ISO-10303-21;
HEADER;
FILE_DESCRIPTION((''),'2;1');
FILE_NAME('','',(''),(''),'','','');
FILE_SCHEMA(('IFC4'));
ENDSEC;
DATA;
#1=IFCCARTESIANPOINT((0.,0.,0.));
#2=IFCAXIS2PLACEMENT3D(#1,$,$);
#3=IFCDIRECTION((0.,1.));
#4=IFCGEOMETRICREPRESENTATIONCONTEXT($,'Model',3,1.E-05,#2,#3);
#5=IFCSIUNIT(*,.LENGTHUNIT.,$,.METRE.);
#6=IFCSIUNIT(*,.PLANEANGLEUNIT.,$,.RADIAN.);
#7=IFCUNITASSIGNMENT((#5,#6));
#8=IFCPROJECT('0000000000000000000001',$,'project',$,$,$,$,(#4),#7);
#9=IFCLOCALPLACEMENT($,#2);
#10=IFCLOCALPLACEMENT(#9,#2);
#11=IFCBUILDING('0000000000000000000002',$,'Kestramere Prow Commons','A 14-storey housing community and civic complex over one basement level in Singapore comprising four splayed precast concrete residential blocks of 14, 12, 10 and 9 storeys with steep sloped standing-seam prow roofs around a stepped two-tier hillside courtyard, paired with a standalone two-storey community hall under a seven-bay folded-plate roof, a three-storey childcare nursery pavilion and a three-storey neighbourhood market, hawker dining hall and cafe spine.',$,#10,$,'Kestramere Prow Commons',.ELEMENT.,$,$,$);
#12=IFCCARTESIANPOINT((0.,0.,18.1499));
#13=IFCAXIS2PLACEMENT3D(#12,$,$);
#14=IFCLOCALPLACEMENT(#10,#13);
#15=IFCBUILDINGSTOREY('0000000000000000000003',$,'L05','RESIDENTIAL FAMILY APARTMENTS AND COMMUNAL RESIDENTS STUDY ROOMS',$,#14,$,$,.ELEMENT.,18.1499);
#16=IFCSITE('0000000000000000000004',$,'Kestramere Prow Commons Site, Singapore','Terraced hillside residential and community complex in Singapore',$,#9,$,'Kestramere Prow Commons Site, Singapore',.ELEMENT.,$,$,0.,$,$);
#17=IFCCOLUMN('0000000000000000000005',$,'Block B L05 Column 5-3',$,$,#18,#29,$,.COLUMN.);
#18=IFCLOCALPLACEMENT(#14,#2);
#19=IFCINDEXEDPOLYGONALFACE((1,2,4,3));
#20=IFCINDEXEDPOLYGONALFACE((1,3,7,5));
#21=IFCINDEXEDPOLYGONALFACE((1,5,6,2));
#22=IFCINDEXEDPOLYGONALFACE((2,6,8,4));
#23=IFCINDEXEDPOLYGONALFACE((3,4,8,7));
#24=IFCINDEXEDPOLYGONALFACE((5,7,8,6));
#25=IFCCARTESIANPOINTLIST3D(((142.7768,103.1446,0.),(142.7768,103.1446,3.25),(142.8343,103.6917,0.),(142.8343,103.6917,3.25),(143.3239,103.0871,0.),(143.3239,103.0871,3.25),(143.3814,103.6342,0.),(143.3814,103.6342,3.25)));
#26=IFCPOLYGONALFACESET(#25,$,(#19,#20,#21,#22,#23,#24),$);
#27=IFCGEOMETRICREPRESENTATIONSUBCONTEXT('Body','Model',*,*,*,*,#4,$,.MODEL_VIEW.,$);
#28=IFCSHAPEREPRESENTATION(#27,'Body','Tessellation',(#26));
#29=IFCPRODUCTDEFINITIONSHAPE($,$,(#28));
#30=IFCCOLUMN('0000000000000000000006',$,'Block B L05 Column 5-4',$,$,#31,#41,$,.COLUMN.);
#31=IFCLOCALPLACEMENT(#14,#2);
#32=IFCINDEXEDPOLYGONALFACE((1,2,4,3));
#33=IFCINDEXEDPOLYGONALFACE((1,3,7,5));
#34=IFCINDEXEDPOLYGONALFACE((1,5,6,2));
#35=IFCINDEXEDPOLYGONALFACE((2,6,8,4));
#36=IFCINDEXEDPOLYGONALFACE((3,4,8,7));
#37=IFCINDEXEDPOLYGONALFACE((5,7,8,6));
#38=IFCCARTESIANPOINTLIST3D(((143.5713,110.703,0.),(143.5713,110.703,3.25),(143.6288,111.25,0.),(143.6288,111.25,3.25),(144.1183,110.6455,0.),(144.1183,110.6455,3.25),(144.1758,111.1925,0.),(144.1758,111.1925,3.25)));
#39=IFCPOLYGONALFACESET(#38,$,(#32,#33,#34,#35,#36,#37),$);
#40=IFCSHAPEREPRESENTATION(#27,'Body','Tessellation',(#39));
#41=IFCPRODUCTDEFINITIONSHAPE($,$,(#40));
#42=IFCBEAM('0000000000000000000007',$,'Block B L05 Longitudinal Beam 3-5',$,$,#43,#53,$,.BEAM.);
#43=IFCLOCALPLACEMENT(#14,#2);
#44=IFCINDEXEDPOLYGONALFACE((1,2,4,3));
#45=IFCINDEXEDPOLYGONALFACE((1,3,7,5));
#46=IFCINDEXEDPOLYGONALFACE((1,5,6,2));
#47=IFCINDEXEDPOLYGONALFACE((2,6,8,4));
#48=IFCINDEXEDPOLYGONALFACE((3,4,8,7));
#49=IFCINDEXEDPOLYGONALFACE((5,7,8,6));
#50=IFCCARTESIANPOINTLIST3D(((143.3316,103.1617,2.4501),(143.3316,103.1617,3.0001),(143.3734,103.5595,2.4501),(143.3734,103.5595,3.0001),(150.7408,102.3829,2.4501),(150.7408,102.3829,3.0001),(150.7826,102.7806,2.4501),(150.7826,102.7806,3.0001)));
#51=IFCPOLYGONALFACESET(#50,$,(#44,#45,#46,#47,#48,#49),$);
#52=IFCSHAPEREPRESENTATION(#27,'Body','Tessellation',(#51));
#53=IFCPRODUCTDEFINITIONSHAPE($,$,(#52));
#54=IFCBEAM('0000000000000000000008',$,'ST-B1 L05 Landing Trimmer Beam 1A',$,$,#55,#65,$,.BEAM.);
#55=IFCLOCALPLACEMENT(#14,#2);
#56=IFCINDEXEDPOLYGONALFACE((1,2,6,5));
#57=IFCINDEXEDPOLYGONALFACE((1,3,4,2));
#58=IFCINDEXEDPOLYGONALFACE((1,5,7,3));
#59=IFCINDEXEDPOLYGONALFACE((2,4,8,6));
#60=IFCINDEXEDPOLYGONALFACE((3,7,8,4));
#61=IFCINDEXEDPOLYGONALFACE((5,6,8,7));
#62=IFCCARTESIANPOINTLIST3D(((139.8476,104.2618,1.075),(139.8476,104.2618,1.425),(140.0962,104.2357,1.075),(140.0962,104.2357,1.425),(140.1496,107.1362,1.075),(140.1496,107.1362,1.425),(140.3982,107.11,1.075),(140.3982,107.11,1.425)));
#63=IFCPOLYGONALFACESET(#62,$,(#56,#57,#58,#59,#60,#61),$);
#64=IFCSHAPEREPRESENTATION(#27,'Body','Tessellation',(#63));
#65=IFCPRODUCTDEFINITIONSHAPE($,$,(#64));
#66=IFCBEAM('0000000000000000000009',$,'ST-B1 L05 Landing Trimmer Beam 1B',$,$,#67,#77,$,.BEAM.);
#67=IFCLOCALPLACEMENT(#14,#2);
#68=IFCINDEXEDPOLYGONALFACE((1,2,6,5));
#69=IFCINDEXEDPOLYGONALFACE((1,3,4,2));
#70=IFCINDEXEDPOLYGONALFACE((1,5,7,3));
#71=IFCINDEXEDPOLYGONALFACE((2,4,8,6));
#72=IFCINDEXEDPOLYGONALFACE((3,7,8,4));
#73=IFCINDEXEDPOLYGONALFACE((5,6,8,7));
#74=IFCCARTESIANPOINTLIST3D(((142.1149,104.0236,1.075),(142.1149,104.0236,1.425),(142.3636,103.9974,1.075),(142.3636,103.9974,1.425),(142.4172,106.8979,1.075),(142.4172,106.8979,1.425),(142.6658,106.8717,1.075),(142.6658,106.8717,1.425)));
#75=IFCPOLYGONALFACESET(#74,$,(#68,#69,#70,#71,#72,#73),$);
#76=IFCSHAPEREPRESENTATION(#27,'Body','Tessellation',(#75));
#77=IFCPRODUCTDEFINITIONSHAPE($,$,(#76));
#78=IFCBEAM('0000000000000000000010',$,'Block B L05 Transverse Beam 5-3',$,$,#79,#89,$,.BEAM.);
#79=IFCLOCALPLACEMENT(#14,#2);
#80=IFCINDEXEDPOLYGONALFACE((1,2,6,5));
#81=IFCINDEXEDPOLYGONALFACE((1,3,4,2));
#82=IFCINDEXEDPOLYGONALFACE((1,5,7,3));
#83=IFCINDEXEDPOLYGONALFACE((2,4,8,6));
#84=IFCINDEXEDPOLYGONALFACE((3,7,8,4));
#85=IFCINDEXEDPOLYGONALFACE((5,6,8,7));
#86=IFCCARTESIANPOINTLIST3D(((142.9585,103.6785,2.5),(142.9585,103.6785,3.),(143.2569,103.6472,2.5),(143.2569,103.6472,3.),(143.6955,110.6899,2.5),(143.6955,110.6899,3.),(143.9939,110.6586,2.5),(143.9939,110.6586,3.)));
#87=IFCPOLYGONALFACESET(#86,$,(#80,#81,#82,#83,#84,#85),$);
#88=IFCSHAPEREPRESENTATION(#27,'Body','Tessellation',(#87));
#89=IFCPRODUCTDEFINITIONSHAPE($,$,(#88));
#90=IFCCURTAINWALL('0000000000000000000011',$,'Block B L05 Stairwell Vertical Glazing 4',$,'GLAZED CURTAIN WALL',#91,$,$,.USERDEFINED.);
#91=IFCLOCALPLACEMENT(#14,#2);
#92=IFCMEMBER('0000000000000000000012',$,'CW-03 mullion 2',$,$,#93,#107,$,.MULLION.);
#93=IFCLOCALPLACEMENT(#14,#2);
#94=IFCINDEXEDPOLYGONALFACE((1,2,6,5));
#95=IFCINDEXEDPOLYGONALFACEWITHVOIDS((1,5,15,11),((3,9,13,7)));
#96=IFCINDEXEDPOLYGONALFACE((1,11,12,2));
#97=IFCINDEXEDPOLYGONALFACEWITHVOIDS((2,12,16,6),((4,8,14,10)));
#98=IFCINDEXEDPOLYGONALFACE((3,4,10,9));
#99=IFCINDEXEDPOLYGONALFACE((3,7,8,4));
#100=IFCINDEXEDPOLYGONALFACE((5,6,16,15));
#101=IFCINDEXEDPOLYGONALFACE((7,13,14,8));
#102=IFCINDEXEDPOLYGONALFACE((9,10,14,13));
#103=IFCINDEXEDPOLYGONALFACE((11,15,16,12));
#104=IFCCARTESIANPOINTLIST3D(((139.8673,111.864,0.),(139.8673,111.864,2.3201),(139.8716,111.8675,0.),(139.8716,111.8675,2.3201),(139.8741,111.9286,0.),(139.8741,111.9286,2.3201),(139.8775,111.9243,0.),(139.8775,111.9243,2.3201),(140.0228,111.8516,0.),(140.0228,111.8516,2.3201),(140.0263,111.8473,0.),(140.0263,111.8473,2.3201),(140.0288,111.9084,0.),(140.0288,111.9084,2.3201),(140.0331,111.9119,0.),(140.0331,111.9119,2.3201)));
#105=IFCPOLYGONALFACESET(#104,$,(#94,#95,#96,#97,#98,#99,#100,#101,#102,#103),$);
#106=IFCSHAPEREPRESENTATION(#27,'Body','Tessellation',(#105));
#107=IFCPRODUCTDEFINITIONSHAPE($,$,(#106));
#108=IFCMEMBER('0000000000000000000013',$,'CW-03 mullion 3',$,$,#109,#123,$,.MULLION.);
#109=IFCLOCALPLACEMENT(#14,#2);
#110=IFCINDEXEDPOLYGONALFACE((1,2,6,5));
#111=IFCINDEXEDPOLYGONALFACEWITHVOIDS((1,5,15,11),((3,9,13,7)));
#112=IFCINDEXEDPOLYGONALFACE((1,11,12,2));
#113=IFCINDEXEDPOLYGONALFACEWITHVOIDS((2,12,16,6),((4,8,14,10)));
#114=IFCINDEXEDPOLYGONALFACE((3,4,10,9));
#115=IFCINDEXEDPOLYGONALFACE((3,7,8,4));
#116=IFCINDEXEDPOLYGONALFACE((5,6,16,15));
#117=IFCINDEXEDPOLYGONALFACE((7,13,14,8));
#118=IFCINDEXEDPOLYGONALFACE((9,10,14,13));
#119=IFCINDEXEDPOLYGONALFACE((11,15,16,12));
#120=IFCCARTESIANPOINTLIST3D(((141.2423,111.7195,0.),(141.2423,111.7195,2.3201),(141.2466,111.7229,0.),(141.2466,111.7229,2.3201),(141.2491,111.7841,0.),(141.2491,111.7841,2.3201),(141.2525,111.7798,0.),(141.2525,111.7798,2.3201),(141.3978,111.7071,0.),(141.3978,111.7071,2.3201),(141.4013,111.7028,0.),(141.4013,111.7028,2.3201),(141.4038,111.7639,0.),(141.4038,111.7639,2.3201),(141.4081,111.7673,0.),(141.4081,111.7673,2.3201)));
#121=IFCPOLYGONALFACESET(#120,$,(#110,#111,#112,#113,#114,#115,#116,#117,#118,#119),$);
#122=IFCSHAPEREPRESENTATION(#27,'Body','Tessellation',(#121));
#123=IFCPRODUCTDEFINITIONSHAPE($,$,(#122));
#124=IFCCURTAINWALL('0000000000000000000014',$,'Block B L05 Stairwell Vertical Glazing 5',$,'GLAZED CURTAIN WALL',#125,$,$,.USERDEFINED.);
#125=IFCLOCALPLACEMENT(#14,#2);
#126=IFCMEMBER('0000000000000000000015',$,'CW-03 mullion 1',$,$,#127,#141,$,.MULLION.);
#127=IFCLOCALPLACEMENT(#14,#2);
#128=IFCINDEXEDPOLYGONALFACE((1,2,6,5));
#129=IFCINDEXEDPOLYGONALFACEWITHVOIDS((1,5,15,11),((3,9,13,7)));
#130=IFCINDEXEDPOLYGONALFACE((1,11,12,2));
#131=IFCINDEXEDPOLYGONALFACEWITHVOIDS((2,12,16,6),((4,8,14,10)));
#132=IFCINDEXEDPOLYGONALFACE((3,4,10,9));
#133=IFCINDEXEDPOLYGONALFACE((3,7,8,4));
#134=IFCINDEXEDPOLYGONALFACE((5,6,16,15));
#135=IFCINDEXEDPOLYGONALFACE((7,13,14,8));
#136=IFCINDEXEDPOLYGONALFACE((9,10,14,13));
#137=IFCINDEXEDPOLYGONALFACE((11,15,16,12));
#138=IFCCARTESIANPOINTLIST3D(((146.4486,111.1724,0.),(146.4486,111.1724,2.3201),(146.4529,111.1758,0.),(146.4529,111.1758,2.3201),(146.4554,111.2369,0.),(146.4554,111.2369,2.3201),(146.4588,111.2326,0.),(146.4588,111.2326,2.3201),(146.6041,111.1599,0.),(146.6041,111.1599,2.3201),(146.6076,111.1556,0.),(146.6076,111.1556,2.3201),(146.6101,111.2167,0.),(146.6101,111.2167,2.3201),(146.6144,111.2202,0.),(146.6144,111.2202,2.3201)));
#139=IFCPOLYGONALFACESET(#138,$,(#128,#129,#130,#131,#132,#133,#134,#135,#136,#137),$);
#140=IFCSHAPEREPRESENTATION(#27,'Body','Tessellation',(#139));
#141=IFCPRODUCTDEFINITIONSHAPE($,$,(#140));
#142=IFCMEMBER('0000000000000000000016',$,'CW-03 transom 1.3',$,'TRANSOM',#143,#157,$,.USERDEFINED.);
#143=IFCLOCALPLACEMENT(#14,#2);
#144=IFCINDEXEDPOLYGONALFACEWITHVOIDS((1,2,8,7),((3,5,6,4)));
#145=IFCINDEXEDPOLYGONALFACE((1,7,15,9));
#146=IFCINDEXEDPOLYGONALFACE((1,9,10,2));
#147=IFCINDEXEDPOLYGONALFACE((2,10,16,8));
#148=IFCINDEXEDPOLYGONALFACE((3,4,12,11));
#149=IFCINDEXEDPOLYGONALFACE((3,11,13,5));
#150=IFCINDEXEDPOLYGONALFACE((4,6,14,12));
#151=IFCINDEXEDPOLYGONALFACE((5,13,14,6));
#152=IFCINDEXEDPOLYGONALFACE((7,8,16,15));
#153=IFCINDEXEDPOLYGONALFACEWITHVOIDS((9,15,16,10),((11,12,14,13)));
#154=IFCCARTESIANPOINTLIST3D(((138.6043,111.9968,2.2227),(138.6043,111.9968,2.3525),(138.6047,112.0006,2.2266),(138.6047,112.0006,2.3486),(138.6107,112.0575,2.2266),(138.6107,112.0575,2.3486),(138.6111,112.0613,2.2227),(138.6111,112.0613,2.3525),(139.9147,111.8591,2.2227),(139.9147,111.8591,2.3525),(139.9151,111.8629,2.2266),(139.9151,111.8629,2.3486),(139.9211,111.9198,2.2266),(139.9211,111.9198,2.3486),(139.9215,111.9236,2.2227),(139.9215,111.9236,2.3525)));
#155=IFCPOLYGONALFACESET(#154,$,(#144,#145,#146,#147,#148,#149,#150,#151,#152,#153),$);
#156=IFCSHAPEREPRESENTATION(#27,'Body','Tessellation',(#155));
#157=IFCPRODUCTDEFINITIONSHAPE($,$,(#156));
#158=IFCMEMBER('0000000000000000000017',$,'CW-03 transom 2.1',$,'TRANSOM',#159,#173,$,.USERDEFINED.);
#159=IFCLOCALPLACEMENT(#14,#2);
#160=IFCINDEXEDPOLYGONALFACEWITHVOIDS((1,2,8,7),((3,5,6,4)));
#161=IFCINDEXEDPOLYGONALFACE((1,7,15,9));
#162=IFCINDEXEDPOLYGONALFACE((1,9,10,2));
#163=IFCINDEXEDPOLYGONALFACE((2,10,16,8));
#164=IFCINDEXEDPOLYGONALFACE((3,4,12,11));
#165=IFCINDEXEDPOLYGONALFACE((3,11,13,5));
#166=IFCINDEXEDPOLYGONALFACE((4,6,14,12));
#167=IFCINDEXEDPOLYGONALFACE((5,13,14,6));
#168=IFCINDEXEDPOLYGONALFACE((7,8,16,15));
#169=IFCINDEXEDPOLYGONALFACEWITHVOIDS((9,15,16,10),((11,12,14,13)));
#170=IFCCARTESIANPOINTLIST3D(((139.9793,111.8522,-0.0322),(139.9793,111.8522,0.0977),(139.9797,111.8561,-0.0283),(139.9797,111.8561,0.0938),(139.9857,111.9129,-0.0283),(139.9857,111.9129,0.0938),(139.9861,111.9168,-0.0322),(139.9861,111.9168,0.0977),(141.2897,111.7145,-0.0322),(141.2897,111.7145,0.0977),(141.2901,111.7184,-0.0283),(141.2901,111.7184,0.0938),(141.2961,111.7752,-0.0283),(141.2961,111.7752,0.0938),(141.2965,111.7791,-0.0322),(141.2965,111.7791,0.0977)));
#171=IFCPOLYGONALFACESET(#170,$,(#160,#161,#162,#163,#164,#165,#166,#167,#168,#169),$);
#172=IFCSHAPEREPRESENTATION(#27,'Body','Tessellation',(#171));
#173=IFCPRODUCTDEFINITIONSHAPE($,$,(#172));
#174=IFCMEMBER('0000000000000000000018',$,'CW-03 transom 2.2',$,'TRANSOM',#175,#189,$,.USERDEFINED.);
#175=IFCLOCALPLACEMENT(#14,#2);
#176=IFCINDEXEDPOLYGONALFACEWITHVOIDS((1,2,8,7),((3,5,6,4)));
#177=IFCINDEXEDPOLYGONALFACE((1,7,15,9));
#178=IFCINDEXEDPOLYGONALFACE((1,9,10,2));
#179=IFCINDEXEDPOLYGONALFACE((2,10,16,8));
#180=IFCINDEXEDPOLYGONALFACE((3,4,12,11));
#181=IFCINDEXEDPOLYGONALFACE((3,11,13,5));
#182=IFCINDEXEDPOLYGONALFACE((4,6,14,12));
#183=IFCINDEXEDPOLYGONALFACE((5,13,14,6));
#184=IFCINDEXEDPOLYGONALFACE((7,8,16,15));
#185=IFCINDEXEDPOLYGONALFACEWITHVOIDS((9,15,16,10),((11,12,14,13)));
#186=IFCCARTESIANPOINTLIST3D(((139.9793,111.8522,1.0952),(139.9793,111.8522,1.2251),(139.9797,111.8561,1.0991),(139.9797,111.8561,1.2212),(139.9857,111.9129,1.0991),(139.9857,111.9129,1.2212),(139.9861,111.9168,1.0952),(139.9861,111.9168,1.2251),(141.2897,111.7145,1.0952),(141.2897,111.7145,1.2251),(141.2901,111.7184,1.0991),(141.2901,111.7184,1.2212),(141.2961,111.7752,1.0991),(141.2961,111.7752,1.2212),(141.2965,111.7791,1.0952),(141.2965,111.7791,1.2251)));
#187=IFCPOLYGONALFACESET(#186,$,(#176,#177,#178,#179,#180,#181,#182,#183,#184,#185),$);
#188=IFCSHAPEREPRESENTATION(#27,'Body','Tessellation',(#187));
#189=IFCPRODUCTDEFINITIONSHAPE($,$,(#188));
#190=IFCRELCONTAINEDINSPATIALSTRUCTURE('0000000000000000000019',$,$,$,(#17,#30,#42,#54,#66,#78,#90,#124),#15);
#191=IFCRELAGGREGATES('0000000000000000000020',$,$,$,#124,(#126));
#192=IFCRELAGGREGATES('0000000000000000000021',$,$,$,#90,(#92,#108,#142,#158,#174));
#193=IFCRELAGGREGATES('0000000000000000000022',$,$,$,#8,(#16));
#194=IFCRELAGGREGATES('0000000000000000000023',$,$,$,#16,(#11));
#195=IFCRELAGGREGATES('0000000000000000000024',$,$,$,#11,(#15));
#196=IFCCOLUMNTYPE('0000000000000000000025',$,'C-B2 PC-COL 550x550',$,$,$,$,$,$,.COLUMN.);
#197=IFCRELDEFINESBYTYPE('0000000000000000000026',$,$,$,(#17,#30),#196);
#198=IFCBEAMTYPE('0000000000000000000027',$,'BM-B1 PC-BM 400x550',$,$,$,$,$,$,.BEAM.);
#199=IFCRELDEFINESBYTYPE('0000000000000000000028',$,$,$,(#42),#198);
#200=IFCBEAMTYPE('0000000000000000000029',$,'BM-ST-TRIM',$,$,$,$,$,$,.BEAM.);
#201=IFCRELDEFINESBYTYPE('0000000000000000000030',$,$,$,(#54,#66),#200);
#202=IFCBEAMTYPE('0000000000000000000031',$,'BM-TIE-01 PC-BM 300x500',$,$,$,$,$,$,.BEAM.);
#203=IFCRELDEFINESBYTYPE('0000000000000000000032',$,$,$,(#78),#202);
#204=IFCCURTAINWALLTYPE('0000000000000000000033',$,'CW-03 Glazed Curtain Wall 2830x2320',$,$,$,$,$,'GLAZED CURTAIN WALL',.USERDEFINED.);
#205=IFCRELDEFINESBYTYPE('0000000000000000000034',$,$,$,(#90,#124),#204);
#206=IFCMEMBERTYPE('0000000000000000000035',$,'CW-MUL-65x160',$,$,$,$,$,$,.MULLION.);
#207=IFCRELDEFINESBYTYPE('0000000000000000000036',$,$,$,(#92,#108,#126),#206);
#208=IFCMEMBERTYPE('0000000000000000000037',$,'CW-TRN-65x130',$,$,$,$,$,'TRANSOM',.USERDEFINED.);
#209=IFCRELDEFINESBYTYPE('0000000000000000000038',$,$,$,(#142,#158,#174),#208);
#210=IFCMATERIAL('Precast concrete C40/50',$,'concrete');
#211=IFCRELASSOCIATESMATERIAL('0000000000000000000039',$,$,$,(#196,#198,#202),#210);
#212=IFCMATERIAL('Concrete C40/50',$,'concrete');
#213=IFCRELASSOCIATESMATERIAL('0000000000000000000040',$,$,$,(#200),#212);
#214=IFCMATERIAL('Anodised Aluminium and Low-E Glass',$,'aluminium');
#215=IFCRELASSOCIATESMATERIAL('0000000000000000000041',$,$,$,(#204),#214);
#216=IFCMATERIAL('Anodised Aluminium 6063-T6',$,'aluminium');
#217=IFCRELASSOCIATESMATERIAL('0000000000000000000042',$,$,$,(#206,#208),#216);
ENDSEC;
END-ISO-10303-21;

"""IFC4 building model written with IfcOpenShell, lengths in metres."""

from ifc_helpers import new_model, si_unit, direction, frame, origin, origin_2d, place, context, subcontext, project, spatial, rectangle, hollow_rectangle, extrude, material, material_profile, profile_set, type_object, element, aggregate, save


model = new_model("IFC4")

# Units and contexts
model_context = context("Model", 3, precision=1e-05, world=origin(), true_north=direction((0.0, 1.0)))
body_context = subcontext(model_context, "Body", "Model", "MODEL_VIEW")
ifc_project = project(units=[si_unit("LENGTHUNIT", "METRE"), si_unit("PLANEANGLEUNIT", "RADIAN")], contexts=[model_context])

# Site, building, storey
site_placement = place(None, origin())
site = spatial("IfcSite", under=ifc_project, at=site_placement, Name="Kestramere Prow Commons Site, Singapore", Description="Terraced hillside residential and community complex in Singapore", LongName="Kestramere Prow Commons Site, Singapore", CompositionType="ELEMENT", RefElevation=0.0)
building_placement = place(site_placement, origin())
building = spatial("IfcBuilding", under=site, at=building_placement, Name="Kestramere Prow Commons", Description="A 14-storey housing community and civic complex over one basement level in Singapore comprising four splayed precast concrete residential blocks of 14, 12, 10 and 9 storeys with steep sloped standing-seam prow roofs around a stepped two-tier hillside courtyard, paired with a standalone two-storey community hall under a seven-bay folded-plate roof, a three-storey childcare nursery pavilion and a three-storey neighbourhood market, hawker dining hall and cafe spine.", LongName="Kestramere Prow Commons", CompositionType="ELEMENT")
storey_placement = place(building_placement, frame((0.0, 0.0, 18.1499)))
storey = spatial("IfcBuildingStorey", under=building, at=storey_placement, Name="L05", Description="RESIDENTIAL FAMILY APARTMENTS AND COMMUNAL RESIDENTS STUDY ROOMS", CompositionType="ELEMENT", Elevation=18.1499)

# Columns
ifc_material_1 = material(Name="Precast concrete C40/50", Category="concrete")
ifc_material_profile_1 = material_profile(ifc_material_1, rectangle(XDim=0.55, YDim=0.55, at=origin_2d()), Name="PC-COL 550x550")
ifc_profile_set_1 = profile_set([ifc_material_profile_1], Name="Precast concrete C40/50")
column_type = type_object("IfcColumnType", Name="C-B2 PC-COL 550x550", PredefinedType="COLUMN", material=ifc_profile_set_1)
for number, where, z_axis, x_axis, name in (
    (1, (143.0791, 103.3894, 0.0), (0.0, 0.0, 1.0), (0.994522, -0.104528, 0.0), "Block B L05 Column 5-3"),
    (2, (143.8735, 110.9478, 0.0), (0.0, 0.0, 1.0), (0.994522, -0.104528, 0.0), "Block B L05 Column 5-4"),
):
    element("IfcColumn", number, at=place(storey_placement, frame(where, z_axis=z_axis, x_axis=x_axis)), inside=storey, type_object=column_type, Name=name, PredefinedType="COLUMN", context=body_context, shape_type="SweptSolid", body=[
        extrude(rectangle(XDim=0.55, YDim=0.55, at=origin_2d()), origin(), (0.0, 0.0, 1.0), 3.25),
    ])

# Beams
ifc_material_profile_2 = material_profile(ifc_material_1, rectangle(XDim=0.3999, YDim=0.55, at=origin_2d()), Name="PC-BM 400x550")
ifc_profile_set_2 = profile_set([ifc_material_profile_2], Name="Precast concrete C40/50")
beam_type_1 = type_object("IfcBeamType", Name="BM-B1 PC-BM 400x550", PredefinedType="BEAM", material=ifc_profile_set_2)
beam_1_placement = place(storey_placement, frame((143.3525, 103.3606, 2.7251), z_axis=(0.994521, -0.104538, 0.0), x_axis=(0.104538, 0.994521, 0.0)))
element("IfcBeam", 3, at=beam_1_placement, inside=storey, type_object=beam_type_1, Name="Block B L05 Longitudinal Beam 3-5", PredefinedType="BEAM", context=body_context, shape_type="SweptSolid", body=[
    extrude(rectangle(XDim=0.3999, YDim=0.55, at=origin_2d()), origin(), (0.0, 0.0, 1.0), 7.45),
])
ifc_material_2 = material(Name="Concrete C40/50", Category="concrete")
ifc_material_profile_3 = material_profile(ifc_material_2, rectangle(XDim=0.25, YDim=0.3501, at=origin_2d()), Name="PC-BM 250x350")
ifc_profile_set_3 = profile_set([ifc_material_profile_3], Name="Concrete C40/50")
beam_type_2 = type_object("IfcBeamType", Name="BM-ST-TRIM", PredefinedType="BEAM", material=ifc_profile_set_3)
for number, where, z_axis, x_axis, name in (
    (4, (139.9719, 104.2488, 1.25), (0.104496, 0.994525, 0.0), (-0.994525, 0.104496, 0.0), "ST-B1 L05 Landing Trimmer Beam 1A"),
    (5, (142.2393, 104.0105, 1.25), (0.104579, 0.994517, 0.0), (-0.994517, 0.104579, 0.0), "ST-B1 L05 Landing Trimmer Beam 1B"),
):
    element("IfcBeam", number, at=place(storey_placement, frame(where, z_axis=z_axis, x_axis=x_axis)), inside=storey, type_object=beam_type_2, Name=name, PredefinedType="BEAM", context=body_context, shape_type="SweptSolid", body=[
        extrude(rectangle(XDim=0.25, YDim=0.3501, at=origin_2d()), origin(), (0.0, 0.0, 1.0), 2.8901),
    ])
ifc_material_profile_4 = material_profile(ifc_material_1, rectangle(XDim=0.3, YDim=0.5, at=origin_2d()), Name="PC-BM 300x500")
ifc_profile_set_4 = profile_set([ifc_material_profile_4], Name="Precast concrete C40/50")
beam_type_3 = type_object("IfcBeamType", Name="BM-TIE-01 PC-BM 300x500", PredefinedType="BEAM", material=ifc_profile_set_4)
beam_2_placement = place(storey_placement, frame((143.1077, 103.6628, 2.75), z_axis=(0.104546, 0.99452, 0.0), x_axis=(-0.99452, 0.104546, 0.0)))
element("IfcBeam", 6, at=beam_2_placement, inside=storey, type_object=beam_type_3, Name="Block B L05 Transverse Beam 5-3", PredefinedType="BEAM", context=body_context, shape_type="SweptSolid", body=[
    extrude(rectangle(XDim=0.3, YDim=0.5, at=origin_2d()), origin(), (0.0, 0.0, 1.0), 7.05),
])

# Curtain wall, members
ifc_material_3 = material(Name="Anodised Aluminium and Low-E Glass", Category="aluminium")
curtain_wall_type = type_object("IfcCurtainWallType", Name="CW-03 Glazed Curtain Wall 2830x2320", ElementType="GLAZED CURTAIN WALL", PredefinedType="USERDEFINED", material=ifc_material_3)
curtain_wall_1_placement = place(storey_placement, origin())
curtain_wall_1 = element("IfcCurtainWall", 7, at=curtain_wall_1_placement, inside=storey, type_object=curtain_wall_type, Name="Block B L05 Stairwell Vertical Glazing 4", ObjectType="GLAZED CURTAIN WALL", PredefinedType="USERDEFINED")
ifc_material_4 = material(Name="Anodised Aluminium 6063-T6", Category="aluminium")
ifc_material_profile_5 = material_profile(ifc_material_4, hollow_rectangle(XDim=0.0649, YDim=0.1599, WallThickness=0.0039, at=origin_2d()), Name="ALU-MUL 65x160")
ifc_profile_set_5 = profile_set([ifc_material_profile_5], Name="Anodised Aluminium 6063-T6")
member_type_1 = type_object("IfcMemberType", Name="CW-MUL-65x160", PredefinedType="MULLION", material=ifc_profile_set_5)
member_1_placement = place(storey_placement, frame((139.9502, 111.8879, 0.0), z_axis=(0.0, 0.0, 1.0), x_axis=(0.104529, 0.994522, 0.0)))
member_1 = element("IfcMember", 8, at=member_1_placement, type_object=member_type_1, Name="CW-03 mullion 2", PredefinedType="MULLION", context=body_context, shape_type="SweptSolid", body=[
    extrude(hollow_rectangle(XDim=0.0649, YDim=0.1599, WallThickness=0.0039, at=origin_2d()), origin(), (0.0, 0.0, 1.0), 2.3201),
])
member_2_placement = place(storey_placement, frame((141.3252, 111.7434, 0.0), z_axis=(0.0, 0.0, 1.0), x_axis=(0.104529, 0.994522, 0.0)))
member_2 = element("IfcMember", 9, at=member_2_placement, type_object=member_type_1, Name="CW-03 mullion 3", PredefinedType="MULLION", context=body_context, shape_type="SweptSolid", body=[
    extrude(hollow_rectangle(XDim=0.0649, YDim=0.1599, WallThickness=0.0039, at=origin_2d()), origin(), (0.0, 0.0, 1.0), 2.3201),
])

# Curtain wall, member
curtain_wall_2_placement = place(storey_placement, origin())
curtain_wall_2 = element("IfcCurtainWall", 10, at=curtain_wall_2_placement, inside=storey, type_object=curtain_wall_type, Name="Block B L05 Stairwell Vertical Glazing 5", ObjectType="GLAZED CURTAIN WALL", PredefinedType="USERDEFINED")
member_3_placement = place(storey_placement, frame((146.5315, 111.1963, 0.0), z_axis=(0.0, 0.0, 1.0), x_axis=(0.104528, 0.994522, 0.0)))
member_3 = element("IfcMember", 11, at=member_3_placement, type_object=member_type_1, Name="CW-03 mullion 1", PredefinedType="MULLION", context=body_context, shape_type="SweptSolid", body=[
    extrude(hollow_rectangle(XDim=0.0649, YDim=0.1599, WallThickness=0.0039, at=origin_2d()), origin(), (0.0, 0.0, 1.0), 2.3201),
])

# Members
ifc_material_profile_6 = material_profile(ifc_material_4, hollow_rectangle(XDim=0.0649, YDim=0.1299, WallThickness=0.0039, at=origin_2d()), Name="ALU-TRN 65x130")
ifc_profile_set_6 = profile_set([ifc_material_profile_6], Name="Anodised Aluminium 6063-T6")
member_type_2 = type_object("IfcMemberType", Name="CW-TRN-65x130", ElementType="TRANSOM", PredefinedType="USERDEFINED", material=ifc_profile_set_6)
member_4_placement = place(storey_placement, frame((138.6077, 112.0291, 2.2876), z_axis=(0.994524, -0.104511, 0.0), x_axis=(0.104511, 0.994524, 0.0)))
member_4 = element("IfcMember", 12, at=member_4_placement, type_object=member_type_2, Name="CW-03 transom 1.3", ObjectType="TRANSOM", PredefinedType="USERDEFINED", context=body_context, shape_type="SweptSolid", body=[
    extrude(hollow_rectangle(XDim=0.0649, YDim=0.1299, WallThickness=0.0039, at=origin_2d()), origin(), (0.0, 0.0, 1.0), 1.3176),
])
member_5_placement = place(storey_placement, frame((139.9827, 111.8845, 0.0327), z_axis=(0.994524, -0.104511, 0.0), x_axis=(0.104511, 0.994524, 0.0)))
member_5 = element("IfcMember", 13, at=member_5_placement, type_object=member_type_2, Name="CW-03 transom 2.1", ObjectType="TRANSOM", PredefinedType="USERDEFINED", context=body_context, shape_type="SweptSolid", body=[
    extrude(hollow_rectangle(XDim=0.0649, YDim=0.1299, WallThickness=0.0039, at=origin_2d()), origin(), (0.0, 0.0, 1.0), 1.3176),
])
member_6_placement = place(storey_placement, frame((139.9827, 111.8845, 1.1602), z_axis=(0.994524, -0.104511, 0.0), x_axis=(0.104511, 0.994524, 0.0)))
member_6 = element("IfcMember", 14, at=member_6_placement, type_object=member_type_2, Name="CW-03 transom 2.2", ObjectType="TRANSOM", PredefinedType="USERDEFINED", context=body_context, shape_type="SweptSolid", body=[
    extrude(hollow_rectangle(XDim=0.0649, YDim=0.1299, WallThickness=0.0039, at=origin_2d()), origin(), (0.0, 0.0, 1.0), 1.3176),
])
aggregate(curtain_wall_2, [member_3])

aggregate(curtain_wall_1, [member_1, member_2, member_4, member_5, member_6])

save(model, "model.ifc")
